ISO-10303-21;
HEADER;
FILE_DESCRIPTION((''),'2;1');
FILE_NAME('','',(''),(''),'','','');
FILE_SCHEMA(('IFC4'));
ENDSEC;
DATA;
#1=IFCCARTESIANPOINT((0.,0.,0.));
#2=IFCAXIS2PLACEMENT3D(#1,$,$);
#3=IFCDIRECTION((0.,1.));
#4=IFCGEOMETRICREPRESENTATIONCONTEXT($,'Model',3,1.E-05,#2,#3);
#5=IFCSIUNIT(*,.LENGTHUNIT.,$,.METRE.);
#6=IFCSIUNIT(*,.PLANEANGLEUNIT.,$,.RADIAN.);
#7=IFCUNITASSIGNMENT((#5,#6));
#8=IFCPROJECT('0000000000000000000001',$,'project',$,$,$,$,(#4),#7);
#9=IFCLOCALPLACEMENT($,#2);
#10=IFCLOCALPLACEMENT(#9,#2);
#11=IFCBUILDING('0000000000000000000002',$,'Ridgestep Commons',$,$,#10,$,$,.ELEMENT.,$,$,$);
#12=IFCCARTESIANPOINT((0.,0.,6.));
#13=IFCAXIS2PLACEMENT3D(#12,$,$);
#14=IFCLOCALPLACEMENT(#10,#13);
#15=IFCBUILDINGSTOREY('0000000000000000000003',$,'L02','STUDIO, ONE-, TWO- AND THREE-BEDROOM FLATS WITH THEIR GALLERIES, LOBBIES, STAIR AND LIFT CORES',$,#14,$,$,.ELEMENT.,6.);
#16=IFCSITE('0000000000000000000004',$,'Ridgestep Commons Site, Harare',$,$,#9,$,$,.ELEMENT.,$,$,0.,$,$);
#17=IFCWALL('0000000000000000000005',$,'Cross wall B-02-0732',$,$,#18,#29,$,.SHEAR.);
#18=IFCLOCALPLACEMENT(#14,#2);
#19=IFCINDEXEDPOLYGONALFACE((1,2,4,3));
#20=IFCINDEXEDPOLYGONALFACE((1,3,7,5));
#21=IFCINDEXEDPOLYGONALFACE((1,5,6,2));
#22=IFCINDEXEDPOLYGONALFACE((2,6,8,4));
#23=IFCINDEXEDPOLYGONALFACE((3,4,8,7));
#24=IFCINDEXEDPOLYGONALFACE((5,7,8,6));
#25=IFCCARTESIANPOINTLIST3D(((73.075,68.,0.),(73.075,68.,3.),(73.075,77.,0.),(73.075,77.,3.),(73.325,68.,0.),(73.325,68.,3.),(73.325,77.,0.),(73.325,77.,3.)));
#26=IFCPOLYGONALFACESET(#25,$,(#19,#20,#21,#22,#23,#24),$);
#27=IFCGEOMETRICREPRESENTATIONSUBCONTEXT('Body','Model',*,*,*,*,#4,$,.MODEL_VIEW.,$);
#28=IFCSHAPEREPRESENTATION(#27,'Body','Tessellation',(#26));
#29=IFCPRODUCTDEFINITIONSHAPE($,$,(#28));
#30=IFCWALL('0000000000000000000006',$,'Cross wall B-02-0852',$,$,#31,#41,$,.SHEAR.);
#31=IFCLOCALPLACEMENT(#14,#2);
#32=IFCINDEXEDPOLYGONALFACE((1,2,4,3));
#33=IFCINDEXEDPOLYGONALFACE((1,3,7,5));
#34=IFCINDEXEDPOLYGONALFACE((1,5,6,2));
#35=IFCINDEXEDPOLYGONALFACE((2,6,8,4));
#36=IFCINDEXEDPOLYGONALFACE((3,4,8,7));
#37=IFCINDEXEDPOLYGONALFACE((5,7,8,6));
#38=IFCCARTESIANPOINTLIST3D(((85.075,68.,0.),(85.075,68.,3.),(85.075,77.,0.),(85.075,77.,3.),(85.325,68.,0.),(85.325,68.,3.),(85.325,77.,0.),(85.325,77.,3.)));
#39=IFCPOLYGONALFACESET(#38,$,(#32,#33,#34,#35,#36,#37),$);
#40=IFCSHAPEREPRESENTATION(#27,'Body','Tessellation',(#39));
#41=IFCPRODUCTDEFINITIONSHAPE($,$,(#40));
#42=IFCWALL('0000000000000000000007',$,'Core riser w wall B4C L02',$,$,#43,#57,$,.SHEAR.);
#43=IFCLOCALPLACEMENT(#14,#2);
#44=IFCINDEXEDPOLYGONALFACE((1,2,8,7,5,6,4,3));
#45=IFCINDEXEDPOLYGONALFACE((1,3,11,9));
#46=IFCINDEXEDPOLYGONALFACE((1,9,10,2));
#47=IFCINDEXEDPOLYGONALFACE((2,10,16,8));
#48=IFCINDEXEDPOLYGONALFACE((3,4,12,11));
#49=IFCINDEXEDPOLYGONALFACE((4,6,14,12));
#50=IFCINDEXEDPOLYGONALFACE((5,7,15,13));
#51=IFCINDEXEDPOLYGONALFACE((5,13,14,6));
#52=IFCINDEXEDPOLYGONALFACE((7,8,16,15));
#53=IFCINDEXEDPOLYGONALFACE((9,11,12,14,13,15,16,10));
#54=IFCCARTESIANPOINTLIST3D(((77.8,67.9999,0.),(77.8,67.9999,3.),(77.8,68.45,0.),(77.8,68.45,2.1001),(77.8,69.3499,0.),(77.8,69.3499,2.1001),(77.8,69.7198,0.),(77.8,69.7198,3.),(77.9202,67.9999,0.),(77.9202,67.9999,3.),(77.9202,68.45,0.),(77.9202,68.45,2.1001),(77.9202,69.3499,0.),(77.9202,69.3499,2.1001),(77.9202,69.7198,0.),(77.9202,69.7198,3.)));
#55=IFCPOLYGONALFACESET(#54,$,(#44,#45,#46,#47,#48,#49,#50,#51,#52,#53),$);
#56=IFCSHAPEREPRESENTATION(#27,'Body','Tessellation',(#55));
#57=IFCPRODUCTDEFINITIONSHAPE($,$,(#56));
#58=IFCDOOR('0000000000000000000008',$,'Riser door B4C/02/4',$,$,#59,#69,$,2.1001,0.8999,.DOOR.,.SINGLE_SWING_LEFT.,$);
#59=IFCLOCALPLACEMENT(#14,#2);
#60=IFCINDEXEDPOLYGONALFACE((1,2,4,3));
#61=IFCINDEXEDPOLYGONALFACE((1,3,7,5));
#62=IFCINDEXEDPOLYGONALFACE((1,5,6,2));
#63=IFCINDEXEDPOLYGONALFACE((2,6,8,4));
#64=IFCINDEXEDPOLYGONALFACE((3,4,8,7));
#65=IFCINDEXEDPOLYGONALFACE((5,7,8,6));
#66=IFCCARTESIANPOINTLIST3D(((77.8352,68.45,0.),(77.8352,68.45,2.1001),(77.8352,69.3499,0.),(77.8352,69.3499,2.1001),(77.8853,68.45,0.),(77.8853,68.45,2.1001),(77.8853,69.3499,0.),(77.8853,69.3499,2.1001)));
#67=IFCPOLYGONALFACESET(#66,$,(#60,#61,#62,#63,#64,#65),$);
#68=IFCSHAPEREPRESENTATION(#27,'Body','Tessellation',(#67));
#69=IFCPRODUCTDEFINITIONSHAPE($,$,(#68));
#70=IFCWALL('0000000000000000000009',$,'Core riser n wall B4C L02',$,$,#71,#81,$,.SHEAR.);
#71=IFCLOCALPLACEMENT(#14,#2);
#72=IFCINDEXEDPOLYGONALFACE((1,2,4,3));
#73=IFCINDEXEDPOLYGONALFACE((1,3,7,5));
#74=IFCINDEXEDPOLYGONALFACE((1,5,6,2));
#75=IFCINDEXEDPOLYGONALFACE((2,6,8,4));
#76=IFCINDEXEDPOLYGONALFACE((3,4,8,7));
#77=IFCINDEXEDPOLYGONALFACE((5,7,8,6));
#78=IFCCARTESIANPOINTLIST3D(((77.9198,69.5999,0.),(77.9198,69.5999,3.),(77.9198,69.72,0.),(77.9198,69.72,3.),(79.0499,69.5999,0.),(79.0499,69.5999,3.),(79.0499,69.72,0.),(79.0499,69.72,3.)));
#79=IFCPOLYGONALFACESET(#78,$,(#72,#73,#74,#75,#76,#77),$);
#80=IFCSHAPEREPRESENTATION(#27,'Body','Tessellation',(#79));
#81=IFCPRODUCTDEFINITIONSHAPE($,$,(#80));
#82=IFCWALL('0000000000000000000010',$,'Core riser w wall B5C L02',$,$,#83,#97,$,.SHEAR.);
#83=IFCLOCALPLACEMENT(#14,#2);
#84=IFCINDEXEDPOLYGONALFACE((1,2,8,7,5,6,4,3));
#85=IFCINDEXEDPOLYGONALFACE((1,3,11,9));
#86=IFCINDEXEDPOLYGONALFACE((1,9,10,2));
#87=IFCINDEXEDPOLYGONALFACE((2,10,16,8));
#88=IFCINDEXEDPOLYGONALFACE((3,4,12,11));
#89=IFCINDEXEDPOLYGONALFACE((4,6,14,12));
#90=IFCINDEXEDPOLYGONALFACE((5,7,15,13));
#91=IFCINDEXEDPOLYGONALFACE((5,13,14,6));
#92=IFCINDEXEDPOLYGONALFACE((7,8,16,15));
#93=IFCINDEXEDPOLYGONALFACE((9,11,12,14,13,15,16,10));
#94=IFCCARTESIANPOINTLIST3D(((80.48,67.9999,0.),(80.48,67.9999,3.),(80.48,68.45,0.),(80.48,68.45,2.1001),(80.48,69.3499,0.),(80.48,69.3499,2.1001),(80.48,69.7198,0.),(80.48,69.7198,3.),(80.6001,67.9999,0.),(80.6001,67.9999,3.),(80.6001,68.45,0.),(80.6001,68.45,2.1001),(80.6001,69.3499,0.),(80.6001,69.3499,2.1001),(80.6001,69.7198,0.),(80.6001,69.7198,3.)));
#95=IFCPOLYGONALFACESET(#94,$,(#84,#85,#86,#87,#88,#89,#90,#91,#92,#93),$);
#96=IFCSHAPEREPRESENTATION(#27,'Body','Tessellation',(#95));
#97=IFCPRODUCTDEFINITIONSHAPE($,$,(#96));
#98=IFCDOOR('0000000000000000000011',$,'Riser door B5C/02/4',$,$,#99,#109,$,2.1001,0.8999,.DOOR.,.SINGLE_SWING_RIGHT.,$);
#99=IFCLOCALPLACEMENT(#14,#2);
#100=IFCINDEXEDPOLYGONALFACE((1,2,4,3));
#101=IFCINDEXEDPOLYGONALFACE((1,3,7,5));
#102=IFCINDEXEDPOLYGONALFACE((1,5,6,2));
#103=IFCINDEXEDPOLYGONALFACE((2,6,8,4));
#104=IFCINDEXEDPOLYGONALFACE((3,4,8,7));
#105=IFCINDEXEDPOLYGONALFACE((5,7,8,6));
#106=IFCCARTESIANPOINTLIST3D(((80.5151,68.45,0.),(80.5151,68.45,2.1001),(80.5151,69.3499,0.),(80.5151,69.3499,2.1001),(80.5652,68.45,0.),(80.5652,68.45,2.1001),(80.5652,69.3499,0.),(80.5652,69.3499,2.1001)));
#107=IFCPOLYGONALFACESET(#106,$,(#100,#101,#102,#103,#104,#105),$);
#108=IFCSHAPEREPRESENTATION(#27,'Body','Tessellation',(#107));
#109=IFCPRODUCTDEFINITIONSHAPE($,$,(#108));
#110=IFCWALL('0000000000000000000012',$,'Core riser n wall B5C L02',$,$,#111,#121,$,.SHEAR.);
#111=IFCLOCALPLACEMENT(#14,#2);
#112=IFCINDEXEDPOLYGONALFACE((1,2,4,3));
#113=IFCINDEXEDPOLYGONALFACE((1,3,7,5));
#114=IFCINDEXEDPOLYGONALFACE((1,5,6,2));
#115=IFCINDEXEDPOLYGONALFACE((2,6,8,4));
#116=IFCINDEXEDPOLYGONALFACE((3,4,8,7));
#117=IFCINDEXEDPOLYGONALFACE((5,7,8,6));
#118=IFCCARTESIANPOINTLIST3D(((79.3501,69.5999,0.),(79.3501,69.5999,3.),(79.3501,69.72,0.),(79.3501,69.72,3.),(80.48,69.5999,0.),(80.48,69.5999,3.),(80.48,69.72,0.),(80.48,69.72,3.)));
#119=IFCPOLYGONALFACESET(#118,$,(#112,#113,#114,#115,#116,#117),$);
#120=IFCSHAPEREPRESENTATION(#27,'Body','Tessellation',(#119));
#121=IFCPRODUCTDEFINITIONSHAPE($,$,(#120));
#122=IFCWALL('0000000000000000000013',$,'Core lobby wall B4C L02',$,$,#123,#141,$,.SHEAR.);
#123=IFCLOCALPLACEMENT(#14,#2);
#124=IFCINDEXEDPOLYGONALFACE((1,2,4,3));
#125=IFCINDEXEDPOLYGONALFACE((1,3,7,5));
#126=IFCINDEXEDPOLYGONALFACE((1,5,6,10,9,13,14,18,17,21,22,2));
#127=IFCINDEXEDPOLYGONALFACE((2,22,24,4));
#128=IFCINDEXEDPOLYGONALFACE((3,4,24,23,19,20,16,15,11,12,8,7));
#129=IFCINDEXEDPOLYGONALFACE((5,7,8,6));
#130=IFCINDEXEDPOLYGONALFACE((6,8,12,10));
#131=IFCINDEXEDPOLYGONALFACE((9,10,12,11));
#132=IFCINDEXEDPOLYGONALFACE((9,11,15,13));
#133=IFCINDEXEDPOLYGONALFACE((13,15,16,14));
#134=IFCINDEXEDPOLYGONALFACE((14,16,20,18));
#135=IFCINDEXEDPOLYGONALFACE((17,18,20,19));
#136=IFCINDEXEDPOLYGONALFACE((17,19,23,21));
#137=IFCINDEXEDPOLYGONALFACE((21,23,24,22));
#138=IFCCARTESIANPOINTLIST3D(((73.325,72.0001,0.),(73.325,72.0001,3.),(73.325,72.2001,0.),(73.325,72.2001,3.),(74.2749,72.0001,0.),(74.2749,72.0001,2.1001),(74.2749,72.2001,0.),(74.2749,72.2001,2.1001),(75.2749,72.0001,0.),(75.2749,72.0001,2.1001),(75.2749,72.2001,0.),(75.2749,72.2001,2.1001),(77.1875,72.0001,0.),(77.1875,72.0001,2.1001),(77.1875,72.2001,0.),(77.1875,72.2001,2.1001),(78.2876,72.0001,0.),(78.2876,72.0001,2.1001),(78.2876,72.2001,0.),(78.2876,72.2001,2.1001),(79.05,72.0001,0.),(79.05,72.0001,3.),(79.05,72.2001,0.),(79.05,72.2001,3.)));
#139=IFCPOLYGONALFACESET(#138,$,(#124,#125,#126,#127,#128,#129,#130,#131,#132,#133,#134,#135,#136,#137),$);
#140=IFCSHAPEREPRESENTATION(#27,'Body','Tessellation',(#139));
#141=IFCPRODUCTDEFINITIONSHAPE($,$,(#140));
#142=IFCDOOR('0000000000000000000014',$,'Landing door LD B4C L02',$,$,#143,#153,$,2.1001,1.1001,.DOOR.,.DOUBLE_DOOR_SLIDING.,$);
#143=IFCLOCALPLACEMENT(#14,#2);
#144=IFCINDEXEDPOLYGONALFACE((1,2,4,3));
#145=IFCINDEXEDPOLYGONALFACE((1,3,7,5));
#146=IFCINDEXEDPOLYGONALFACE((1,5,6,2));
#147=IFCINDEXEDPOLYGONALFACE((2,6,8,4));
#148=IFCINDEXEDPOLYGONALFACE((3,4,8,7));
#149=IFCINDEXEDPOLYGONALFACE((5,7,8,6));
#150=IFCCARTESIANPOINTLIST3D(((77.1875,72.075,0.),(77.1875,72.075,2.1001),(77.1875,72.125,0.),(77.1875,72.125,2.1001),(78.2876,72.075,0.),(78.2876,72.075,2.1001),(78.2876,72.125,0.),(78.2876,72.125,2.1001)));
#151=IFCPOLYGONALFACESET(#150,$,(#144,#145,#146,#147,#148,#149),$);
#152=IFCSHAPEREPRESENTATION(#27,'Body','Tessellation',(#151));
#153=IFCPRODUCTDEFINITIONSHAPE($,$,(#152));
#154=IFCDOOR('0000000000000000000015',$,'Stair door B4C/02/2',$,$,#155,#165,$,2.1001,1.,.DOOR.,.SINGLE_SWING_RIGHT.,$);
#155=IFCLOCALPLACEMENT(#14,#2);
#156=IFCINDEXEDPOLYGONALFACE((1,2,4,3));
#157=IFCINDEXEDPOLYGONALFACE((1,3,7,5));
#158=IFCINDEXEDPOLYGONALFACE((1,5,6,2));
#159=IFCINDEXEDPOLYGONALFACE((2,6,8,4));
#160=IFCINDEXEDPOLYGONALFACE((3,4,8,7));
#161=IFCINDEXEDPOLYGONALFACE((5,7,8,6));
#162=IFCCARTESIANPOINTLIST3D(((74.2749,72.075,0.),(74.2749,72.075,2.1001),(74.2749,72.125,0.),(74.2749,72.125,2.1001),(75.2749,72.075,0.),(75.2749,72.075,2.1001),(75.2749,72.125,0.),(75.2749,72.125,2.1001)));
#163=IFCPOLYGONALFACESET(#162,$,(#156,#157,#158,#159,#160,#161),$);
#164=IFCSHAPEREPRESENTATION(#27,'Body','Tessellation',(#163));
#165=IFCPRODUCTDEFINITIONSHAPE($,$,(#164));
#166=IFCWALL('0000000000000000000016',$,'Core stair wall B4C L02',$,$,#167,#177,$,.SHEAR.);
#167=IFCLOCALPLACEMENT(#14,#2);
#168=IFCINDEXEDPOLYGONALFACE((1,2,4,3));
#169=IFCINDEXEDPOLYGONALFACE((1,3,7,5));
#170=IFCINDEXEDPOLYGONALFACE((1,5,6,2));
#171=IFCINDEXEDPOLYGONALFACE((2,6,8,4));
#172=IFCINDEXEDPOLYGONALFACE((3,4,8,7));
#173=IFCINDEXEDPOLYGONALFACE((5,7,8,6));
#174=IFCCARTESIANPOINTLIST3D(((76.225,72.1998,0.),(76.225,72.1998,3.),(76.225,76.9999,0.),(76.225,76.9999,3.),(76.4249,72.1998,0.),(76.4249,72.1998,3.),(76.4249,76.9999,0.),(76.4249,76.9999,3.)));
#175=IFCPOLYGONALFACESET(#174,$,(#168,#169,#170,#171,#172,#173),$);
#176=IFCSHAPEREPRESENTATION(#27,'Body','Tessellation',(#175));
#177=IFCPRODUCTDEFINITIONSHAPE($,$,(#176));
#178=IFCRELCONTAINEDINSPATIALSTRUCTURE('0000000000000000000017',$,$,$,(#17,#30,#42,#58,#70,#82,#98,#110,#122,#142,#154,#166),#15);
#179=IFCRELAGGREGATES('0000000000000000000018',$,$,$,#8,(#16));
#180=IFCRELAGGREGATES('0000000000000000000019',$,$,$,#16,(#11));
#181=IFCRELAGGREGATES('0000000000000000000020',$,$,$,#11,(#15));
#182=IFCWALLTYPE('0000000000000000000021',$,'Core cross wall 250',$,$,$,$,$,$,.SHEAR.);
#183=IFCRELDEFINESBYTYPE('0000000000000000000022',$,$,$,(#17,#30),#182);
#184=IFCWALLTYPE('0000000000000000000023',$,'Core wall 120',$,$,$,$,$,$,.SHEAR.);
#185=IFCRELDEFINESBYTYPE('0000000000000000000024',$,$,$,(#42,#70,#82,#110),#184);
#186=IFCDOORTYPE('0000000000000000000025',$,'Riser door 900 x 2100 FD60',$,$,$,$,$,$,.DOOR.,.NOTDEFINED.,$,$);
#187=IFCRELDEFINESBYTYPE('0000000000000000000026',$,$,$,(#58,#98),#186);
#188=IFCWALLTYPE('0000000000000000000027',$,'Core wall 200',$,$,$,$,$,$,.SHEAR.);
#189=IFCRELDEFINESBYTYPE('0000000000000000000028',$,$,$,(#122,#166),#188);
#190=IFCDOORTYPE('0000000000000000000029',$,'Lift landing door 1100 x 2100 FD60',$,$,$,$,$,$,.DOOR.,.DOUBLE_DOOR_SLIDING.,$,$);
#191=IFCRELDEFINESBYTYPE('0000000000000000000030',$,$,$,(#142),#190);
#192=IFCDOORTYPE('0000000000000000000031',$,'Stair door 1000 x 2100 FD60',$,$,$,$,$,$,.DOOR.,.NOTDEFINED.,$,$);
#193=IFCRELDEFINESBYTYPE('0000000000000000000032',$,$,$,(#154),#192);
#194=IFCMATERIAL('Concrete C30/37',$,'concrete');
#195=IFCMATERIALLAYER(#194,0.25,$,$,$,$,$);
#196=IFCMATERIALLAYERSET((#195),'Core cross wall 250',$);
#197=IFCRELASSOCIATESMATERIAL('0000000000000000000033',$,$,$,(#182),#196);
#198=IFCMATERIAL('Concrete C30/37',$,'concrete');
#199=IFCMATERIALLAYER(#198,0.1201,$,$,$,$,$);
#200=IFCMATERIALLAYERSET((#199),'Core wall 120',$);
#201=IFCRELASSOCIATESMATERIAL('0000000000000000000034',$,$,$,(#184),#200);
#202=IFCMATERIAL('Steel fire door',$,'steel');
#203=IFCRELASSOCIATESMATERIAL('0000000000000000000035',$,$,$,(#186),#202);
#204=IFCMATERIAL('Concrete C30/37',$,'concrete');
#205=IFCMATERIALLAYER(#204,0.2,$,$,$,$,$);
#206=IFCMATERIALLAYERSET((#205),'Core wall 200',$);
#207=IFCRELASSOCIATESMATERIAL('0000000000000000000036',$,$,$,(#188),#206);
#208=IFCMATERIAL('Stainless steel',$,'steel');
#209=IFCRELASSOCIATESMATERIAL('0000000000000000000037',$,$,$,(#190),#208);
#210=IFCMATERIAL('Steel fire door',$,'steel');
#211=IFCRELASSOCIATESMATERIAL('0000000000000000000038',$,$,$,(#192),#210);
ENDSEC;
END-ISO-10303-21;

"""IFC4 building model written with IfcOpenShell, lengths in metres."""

from ifc_helpers import new_model, si_unit, direction, frame, frame_2d, origin, place, context, subcontext, project, spatial, rectangle, extrude, material, layer, layer_set, type_object, element, fill, save


model = new_model("IFC4")

# Units and contexts
model_context = context("Model", 3, precision=1e-05, world=origin(), true_north=direction((0.0, 1.0)))
body_context = subcontext(model_context, "Body", "Model", "MODEL_VIEW")
ifc_project = project(units=[si_unit("LENGTHUNIT", "METRE"), si_unit("PLANEANGLEUNIT", "RADIAN")], contexts=[model_context])

# Site, building, storey
site_placement = place(None, origin())
site = spatial("IfcSite", under=ifc_project, at=site_placement, Name="Ridgestep Commons Site, Harare", CompositionType="ELEMENT", RefElevation=0.0)
building_placement = place(site_placement, origin())
building = spatial("IfcBuilding", under=site, at=building_placement, Name="Ridgestep Commons", CompositionType="ELEMENT")
storey_placement = place(building_placement, frame((0.0, 0.0, 6.0)))
storey = spatial("IfcBuildingStorey", under=building, at=storey_placement, Name="L02", Description="STUDIO, ONE-, TWO- AND THREE-BEDROOM FLATS WITH THEIR GALLERIES, LOBBIES, STAIR AND LIFT CORES", CompositionType="ELEMENT", Elevation=6.0)

# Walls
ifc_material_1 = material(Name="Concrete C30/37", Category="concrete")
ifc_layer_1 = layer(ifc_material_1, 0.25)
ifc_layer_set_1 = layer_set([ifc_layer_1], Name="Core cross wall 250")
wall_type_1 = type_object("IfcWallType", Name="Core cross wall 250", PredefinedType="SHEAR", material=ifc_layer_set_1)
for number, where, z_axis, x_axis, name in (
    (1, (73.2, 68.0, 0.0), (0.0, 0.0, 1.0), (0.0, 1.0, 0.0), "Cross wall B-02-0732"),
    (2, (85.2, 68.0, 0.0), (0.0, 0.0, 1.0), (0.0, 1.0, 0.0), "Cross wall B-02-0852"),
):
    element("IfcWall", number, at=place(storey_placement, frame(where, z_axis=z_axis, x_axis=x_axis)), inside=storey, type_object=wall_type_1, Name=name, PredefinedType="SHEAR", context=body_context, shape_type="SweptSolid", body=[
        extrude(rectangle(XDim=9.0, YDim=0.25, at=frame_2d((4.5, 0.0))), origin(), (0.0, 0.0, 1.0), 3.0),
    ])

# Wall, opening, door
ifc_material_2 = material(Name="Concrete C30/37", Category="concrete")
ifc_layer_2 = layer(ifc_material_2, 0.1201)
ifc_layer_set_2 = layer_set([ifc_layer_2], Name="Core wall 120")
wall_type_2 = type_object("IfcWallType", Name="Core wall 120", PredefinedType="SHEAR", material=ifc_layer_set_2)
wall_1_placement = place(storey_placement, frame((77.8601, 68.0, 0.0), z_axis=(0.0, 0.0, 1.0), x_axis=(0.0, 1.0, 0.0)))
wall_1 = element("IfcWall", 3, at=wall_1_placement, inside=storey, type_object=wall_type_2, Name="Core riser w wall B4C L02", PredefinedType="SHEAR", context=body_context, shape_type="SweptSolid", body=[
    extrude(rectangle(XDim=1.72, YDim=0.1201, at=frame_2d((0.8599, 0.0))), origin(), (0.0, 0.0, 1.0), 3.0),
])
opening_1_placement = place(wall_1_placement, frame((0.45, 0.0, 0.0)))
opening_1 = element("IfcOpeningElement", 4, at=opening_1_placement, cuts=wall_1, PredefinedType="OPENING", context=body_context, shape_type="SweptSolid", body=[
    extrude(rectangle(XDim=0.8999, YDim=2.1001, at=frame_2d((0.45, 1.05))), frame((0.0, 0.0701, 0.0), z_axis=(0.0, -1.0, 0.0), x_axis=(1.0, 0.0, 0.0)), (0.0, 0.0, 1.0), 0.1401),
])
ifc_material_3 = material(Name="Steel fire door", Category="steel")
door_type_1 = type_object("IfcDoorType", Name="Riser door 900 x 2100 FD60", OperationType="NOTDEFINED", PredefinedType="DOOR", material=ifc_material_3)
door_1_placement = place(opening_1_placement, origin())
door_1 = element("IfcDoor", 5, at=door_1_placement, inside=storey, type_object=door_type_1, Name="Riser door B4C/02/4", OperationType="SINGLE_SWING_LEFT", OverallHeight=2.1001, OverallWidth=0.8999, PredefinedType="DOOR", context=body_context, shape_type="SweptSolid", body=[
    extrude(rectangle(XDim=0.8999, YDim=2.1001, at=frame_2d((0.45, 1.05))), frame((0.0, 0.0249, 0.0), z_axis=(0.0, -1.0, 0.0), x_axis=(1.0, 0.0, 0.0)), (0.0, 0.0, 1.0), 0.05),
])
fill(opening_1, door_1)

# Wall
wall_2_placement = place(storey_placement, frame((77.9199, 69.6599, 0.0), z_axis=(0.0, 0.0, 1.0), x_axis=(1.0, 0.0, 0.0)))
element("IfcWall", 6, at=wall_2_placement, inside=storey, type_object=wall_type_2, Name="Core riser n wall B4C L02", PredefinedType="SHEAR", context=body_context, shape_type="SweptSolid", body=[
    extrude(rectangle(XDim=1.1301, YDim=0.1201, at=frame_2d((0.5649, 0.0))), origin(), (0.0, 0.0, 1.0), 3.0),
])

# Wall, opening, door
wall_3_placement = place(storey_placement, frame((80.54, 68.0, 0.0), z_axis=(0.0, 0.0, 1.0), x_axis=(0.0, 1.0, 0.0)))
wall_3 = element("IfcWall", 7, at=wall_3_placement, inside=storey, type_object=wall_type_2, Name="Core riser w wall B5C L02", PredefinedType="SHEAR", context=body_context, shape_type="SweptSolid", body=[
    extrude(rectangle(XDim=1.72, YDim=0.1201, at=frame_2d((0.8599, 0.0))), origin(), (0.0, 0.0, 1.0), 3.0),
])
opening_2_placement = place(wall_3_placement, frame((0.45, 0.0, 0.0)))
opening_2 = element("IfcOpeningElement", 8, at=opening_2_placement, cuts=wall_3, PredefinedType="OPENING", context=body_context, shape_type="SweptSolid", body=[
    extrude(rectangle(XDim=0.8999, YDim=2.1001, at=frame_2d((0.45, 1.05))), frame((0.0, 0.0701, 0.0), z_axis=(0.0, -1.0, 0.0), x_axis=(1.0, 0.0, 0.0)), (0.0, 0.0, 1.0), 0.1401),
])
door_2_placement = place(opening_2_placement, origin())
door_2 = element("IfcDoor", 9, at=door_2_placement, inside=storey, type_object=door_type_1, Name="Riser door B5C/02/4", OperationType="SINGLE_SWING_RIGHT", OverallHeight=2.1001, OverallWidth=0.8999, PredefinedType="DOOR", context=body_context, shape_type="SweptSolid", body=[
    extrude(rectangle(XDim=0.8999, YDim=2.1001, at=frame_2d((0.45, 1.05))), frame((0.0, 0.0249, 0.0), z_axis=(0.0, -1.0, 0.0), x_axis=(1.0, 0.0, 0.0)), (0.0, 0.0, 1.0), 0.05),
])
fill(opening_2, door_2)

# Wall
wall_4_placement = place(storey_placement, frame((79.3501, 69.6599, 0.0), z_axis=(0.0, 0.0, 1.0), x_axis=(1.0, 0.0, 0.0)))
element("IfcWall", 10, at=wall_4_placement, inside=storey, type_object=wall_type_2, Name="Core riser n wall B5C L02", PredefinedType="SHEAR", context=body_context, shape_type="SweptSolid", body=[
    extrude(rectangle(XDim=1.1299, YDim=0.1201, at=frame_2d((0.5649, 0.0))), origin(), (0.0, 0.0, 1.0), 3.0),
])

# Wall, openings, doors
ifc_material_4 = material(Name="Concrete C30/37", Category="concrete")
ifc_layer_3 = layer(ifc_material_4, 0.2)
ifc_layer_set_3 = layer_set([ifc_layer_3], Name="Core wall 200")
wall_type_3 = type_object("IfcWallType", Name="Core wall 200", PredefinedType="SHEAR", material=ifc_layer_set_3)
wall_5_placement = place(storey_placement, frame((73.325, 72.1001, 0.0), z_axis=(0.0, 0.0, 1.0), x_axis=(1.0, 0.0, 0.0)))
wall_5 = element("IfcWall", 11, at=wall_5_placement, inside=storey, type_object=wall_type_3, Name="Core lobby wall B4C L02", PredefinedType="SHEAR", context=body_context, shape_type="SweptSolid", body=[
    extrude(rectangle(XDim=5.7251, YDim=0.2, at=frame_2d((2.8625, 0.0))), origin(), (0.0, 0.0, 1.0), 3.0),
])
opening_3_placement = place(wall_5_placement, frame((0.95, 0.0, 0.0)))
opening_3 = element("IfcOpeningElement", 12, at=opening_3_placement, cuts=wall_5, PredefinedType="OPENING", context=body_context, shape_type="SweptSolid", body=[
    extrude(rectangle(XDim=1.0, YDim=2.1001, at=frame_2d((0.5, 1.05))), frame((0.0, 0.1099, 0.0), z_axis=(0.0, -1.0, 0.0), x_axis=(1.0, 0.0, 0.0)), (0.0, 0.0, 1.0), 0.22),
])
opening_4_placement = place(wall_5_placement, frame((3.8625, 0.0, 0.0)))
opening_4 = element("IfcOpeningElement", 13, at=opening_4_placement, cuts=wall_5, PredefinedType="OPENING", context=body_context, shape_type="SweptSolid", body=[
    extrude(rectangle(XDim=1.1001, YDim=2.1001, at=frame_2d((0.55, 1.05))), frame((0.0, 0.1099, 0.0), z_axis=(0.0, -1.0, 0.0), x_axis=(1.0, 0.0, 0.0)), (0.0, 0.0, 1.0), 0.22),
])
ifc_material_5 = material(Name="Stainless steel", Category="steel")
door_type_2 = type_object("IfcDoorType", Name="Lift landing door 1100 x 2100 FD60", OperationType="DOUBLE_DOOR_SLIDING", PredefinedType="DOOR", material=ifc_material_5)
door_3_placement = place(opening_4_placement, origin())
door_3 = element("IfcDoor", 14, at=door_3_placement, inside=storey, type_object=door_type_2, Name="Landing door LD B4C L02", OperationType="DOUBLE_DOOR_SLIDING", OverallHeight=2.1001, OverallWidth=1.1001, PredefinedType="DOOR", context=body_context, shape_type="SweptSolid", body=[
    extrude(rectangle(XDim=1.1001, YDim=2.1001, at=frame_2d((0.55, 1.05))), frame((0.0, 0.0249, 0.0), z_axis=(0.0, -1.0, 0.0), x_axis=(1.0, 0.0, 0.0)), (0.0, 0.0, 1.0), 0.05),
])
fill(opening_4, door_3)
ifc_material_6 = material(Name="Steel fire door", Category="steel")
door_type_3 = type_object("IfcDoorType", Name="Stair door 1000 x 2100 FD60", OperationType="NOTDEFINED", PredefinedType="DOOR", material=ifc_material_6)
door_4_placement = place(opening_3_placement, origin())
door_4 = element("IfcDoor", 15, at=door_4_placement, inside=storey, type_object=door_type_3, Name="Stair door B4C/02/2", OperationType="SINGLE_SWING_RIGHT", OverallHeight=2.1001, OverallWidth=1.0, PredefinedType="DOOR", context=body_context, shape_type="SweptSolid", body=[
    extrude(rectangle(XDim=1.0, YDim=2.1001, at=frame_2d((0.5, 1.05))), frame((0.0, 0.0249, 0.0), z_axis=(0.0, -1.0, 0.0), x_axis=(1.0, 0.0, 0.0)), (0.0, 0.0, 1.0), 0.05),
])
fill(opening_3, door_4)

# Wall
wall_6_placement = place(storey_placement, frame((76.325, 72.2, 0.0), z_axis=(0.0, 0.0, 1.0), x_axis=(0.0, 1.0, 0.0)))
element("IfcWall", 16, at=wall_6_placement, inside=storey, type_object=wall_type_3, Name="Core stair wall B4C L02", PredefinedType="SHEAR", context=body_context, shape_type="SweptSolid", body=[
    extrude(rectangle(XDim=4.8, YDim=0.2, at=frame_2d((2.3999, 0.0))), origin(), (0.0, 0.0, 1.0), 3.0),
])

save(model, "model.ifc")
